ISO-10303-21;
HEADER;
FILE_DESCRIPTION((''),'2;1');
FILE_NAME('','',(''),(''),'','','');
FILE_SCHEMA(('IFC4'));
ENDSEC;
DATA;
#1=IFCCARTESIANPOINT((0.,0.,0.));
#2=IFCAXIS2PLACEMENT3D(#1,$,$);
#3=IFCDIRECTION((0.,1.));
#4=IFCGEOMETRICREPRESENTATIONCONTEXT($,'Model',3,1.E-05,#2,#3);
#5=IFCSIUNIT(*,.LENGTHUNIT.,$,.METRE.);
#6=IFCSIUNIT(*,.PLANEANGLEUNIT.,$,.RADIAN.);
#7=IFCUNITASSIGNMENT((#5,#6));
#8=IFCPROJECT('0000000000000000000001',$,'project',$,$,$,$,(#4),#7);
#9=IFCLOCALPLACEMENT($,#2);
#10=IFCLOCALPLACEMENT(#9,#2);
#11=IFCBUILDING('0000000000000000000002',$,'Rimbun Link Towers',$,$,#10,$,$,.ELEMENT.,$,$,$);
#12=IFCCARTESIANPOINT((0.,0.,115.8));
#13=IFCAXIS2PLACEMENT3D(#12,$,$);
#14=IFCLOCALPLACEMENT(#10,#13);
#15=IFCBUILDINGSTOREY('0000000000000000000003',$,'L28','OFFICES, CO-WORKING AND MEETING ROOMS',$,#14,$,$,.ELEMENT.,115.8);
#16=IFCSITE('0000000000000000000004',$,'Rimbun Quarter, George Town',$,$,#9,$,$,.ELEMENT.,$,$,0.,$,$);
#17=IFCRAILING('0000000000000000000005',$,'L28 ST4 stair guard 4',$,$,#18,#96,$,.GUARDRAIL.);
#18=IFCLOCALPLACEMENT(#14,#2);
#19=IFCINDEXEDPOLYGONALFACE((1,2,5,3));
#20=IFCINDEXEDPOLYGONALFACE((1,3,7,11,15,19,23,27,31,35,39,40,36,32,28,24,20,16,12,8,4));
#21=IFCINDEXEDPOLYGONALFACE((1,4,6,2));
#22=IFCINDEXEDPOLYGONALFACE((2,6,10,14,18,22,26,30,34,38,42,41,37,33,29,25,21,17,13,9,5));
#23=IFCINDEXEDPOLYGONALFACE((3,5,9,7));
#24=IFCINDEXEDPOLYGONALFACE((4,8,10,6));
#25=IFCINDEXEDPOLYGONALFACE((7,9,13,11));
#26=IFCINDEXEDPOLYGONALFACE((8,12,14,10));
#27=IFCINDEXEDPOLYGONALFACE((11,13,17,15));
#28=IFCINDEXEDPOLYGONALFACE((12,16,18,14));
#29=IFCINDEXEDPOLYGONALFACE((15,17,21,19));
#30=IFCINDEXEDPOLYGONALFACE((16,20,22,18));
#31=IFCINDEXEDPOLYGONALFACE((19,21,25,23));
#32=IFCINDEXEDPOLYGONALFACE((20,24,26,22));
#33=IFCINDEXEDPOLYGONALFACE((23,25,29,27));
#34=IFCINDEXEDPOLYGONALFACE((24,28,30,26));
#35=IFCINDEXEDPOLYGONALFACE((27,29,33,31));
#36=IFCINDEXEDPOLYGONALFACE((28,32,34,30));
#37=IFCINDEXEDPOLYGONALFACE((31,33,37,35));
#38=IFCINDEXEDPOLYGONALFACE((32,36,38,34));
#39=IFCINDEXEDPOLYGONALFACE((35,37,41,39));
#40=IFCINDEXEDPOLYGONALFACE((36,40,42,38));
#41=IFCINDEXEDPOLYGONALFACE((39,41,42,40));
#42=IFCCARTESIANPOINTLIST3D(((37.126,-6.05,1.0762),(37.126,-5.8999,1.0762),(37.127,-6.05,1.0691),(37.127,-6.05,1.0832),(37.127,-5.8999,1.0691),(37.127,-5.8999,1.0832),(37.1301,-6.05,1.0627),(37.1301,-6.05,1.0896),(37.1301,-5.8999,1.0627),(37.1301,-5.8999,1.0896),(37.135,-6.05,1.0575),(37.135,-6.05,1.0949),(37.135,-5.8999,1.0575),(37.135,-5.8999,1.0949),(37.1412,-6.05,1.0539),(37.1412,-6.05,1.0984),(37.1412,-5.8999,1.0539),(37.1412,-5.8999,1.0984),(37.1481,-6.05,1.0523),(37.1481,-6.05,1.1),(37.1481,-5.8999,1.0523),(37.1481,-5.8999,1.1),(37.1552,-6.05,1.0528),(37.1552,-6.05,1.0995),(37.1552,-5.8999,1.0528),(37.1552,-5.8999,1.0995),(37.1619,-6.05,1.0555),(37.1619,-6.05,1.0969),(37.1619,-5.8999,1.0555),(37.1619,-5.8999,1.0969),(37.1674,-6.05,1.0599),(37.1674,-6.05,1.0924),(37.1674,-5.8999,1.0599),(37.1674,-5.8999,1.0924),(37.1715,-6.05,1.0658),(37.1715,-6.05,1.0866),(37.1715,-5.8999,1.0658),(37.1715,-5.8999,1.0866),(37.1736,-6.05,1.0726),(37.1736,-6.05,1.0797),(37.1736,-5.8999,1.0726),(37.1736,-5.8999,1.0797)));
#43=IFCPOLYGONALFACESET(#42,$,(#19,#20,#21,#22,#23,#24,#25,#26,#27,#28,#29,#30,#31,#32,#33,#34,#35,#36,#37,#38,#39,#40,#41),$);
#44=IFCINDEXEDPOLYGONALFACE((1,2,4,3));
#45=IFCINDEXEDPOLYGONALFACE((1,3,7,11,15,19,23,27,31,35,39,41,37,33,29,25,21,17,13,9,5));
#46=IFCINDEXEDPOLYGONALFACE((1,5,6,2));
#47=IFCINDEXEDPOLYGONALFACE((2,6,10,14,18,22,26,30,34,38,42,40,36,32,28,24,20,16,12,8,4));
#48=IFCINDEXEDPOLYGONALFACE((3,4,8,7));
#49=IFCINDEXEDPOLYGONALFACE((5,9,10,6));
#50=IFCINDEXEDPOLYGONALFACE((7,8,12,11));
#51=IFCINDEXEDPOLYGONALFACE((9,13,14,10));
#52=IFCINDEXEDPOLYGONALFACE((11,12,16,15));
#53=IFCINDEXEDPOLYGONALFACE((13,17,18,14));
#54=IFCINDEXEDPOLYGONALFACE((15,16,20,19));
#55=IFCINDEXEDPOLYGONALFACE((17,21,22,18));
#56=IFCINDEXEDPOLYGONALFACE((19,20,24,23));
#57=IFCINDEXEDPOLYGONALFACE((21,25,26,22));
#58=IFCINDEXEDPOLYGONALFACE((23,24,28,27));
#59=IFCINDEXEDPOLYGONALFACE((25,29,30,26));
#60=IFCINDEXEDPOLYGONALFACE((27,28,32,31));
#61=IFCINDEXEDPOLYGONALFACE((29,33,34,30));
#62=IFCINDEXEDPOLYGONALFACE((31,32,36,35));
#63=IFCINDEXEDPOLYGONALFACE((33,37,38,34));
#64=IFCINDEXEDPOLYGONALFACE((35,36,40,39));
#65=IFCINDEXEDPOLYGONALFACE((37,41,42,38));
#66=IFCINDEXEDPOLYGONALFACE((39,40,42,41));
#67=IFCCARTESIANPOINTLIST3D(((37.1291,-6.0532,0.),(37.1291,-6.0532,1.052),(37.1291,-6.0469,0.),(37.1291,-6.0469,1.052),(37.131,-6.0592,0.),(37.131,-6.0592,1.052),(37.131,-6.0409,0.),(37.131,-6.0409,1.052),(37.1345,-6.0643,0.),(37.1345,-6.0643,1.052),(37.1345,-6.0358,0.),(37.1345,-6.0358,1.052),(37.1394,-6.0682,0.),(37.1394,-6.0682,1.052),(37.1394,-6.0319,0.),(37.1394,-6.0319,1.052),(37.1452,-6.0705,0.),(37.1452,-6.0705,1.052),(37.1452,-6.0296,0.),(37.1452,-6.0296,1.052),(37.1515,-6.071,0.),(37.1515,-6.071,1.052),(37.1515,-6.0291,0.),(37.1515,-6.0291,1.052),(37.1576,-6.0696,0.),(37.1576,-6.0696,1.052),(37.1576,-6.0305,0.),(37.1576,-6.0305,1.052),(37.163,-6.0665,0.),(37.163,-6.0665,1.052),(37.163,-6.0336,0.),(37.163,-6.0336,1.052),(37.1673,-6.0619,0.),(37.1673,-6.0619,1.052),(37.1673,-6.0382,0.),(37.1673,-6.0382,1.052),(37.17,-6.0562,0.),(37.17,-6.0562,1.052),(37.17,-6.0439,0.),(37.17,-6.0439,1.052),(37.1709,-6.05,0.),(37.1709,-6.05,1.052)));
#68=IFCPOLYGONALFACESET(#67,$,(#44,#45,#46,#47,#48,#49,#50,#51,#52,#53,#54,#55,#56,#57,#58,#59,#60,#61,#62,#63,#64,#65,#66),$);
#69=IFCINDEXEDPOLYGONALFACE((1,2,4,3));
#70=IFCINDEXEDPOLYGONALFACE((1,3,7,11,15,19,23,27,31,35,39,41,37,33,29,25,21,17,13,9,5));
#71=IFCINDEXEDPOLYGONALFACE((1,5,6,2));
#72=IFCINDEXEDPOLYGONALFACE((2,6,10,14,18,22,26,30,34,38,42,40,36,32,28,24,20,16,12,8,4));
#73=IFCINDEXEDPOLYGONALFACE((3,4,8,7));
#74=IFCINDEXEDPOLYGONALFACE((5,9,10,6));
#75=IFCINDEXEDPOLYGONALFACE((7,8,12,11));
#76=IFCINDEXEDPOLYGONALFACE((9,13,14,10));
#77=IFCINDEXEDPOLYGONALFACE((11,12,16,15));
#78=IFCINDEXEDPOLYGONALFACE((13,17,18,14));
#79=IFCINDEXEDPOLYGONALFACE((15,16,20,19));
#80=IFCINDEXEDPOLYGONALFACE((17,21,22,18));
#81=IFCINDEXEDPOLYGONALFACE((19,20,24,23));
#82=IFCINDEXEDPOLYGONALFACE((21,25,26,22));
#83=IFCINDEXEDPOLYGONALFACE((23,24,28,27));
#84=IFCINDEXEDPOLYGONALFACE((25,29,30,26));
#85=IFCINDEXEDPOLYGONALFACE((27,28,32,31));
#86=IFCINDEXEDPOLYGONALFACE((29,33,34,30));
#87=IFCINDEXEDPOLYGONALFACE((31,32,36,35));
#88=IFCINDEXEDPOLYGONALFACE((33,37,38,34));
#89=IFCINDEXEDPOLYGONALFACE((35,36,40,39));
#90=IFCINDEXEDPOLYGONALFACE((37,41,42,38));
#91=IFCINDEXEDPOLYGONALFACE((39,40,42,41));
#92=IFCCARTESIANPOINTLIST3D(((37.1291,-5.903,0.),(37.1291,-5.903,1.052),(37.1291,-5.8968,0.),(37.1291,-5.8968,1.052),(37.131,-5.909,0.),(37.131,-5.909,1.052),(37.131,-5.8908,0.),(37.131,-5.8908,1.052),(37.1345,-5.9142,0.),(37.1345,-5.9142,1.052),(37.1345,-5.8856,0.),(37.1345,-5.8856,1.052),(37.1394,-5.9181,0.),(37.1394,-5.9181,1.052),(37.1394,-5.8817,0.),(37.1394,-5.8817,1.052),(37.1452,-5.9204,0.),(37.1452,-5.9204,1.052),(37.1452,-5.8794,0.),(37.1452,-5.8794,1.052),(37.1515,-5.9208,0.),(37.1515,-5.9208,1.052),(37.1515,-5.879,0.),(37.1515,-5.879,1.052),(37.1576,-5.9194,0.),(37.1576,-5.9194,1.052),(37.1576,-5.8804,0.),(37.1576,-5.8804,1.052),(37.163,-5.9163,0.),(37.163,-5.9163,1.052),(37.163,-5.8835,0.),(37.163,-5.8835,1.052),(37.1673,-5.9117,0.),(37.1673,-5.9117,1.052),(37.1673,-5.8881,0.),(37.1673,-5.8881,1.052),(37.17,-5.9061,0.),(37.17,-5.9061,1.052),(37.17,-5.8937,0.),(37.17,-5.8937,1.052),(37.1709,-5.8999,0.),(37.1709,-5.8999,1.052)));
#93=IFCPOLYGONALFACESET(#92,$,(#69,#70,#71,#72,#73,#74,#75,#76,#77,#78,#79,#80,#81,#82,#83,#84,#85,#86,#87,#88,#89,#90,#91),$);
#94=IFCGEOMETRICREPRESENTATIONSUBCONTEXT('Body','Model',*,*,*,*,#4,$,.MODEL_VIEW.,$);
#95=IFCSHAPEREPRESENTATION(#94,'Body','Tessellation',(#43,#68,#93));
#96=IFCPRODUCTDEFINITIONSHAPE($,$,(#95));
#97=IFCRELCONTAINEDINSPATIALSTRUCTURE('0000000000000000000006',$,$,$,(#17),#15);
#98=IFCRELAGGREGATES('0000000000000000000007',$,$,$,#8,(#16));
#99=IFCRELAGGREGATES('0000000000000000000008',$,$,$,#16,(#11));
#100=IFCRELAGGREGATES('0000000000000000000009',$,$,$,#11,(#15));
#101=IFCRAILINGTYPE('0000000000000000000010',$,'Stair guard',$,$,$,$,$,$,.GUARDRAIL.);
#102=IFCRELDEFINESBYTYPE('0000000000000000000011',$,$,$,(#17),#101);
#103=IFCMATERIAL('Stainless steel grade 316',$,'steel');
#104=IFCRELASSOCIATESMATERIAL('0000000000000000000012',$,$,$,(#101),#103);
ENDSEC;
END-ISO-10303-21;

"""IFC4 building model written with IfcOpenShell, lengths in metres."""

from ifc_helpers import new_model, si_unit, direction, frame, origin, origin_2d, place, context, subcontext, project, spatial, circle, extrude, material, type_object, element, save


model = new_model("IFC4")

# Units and contexts
model_context = context("Model", 3, precision=1e-05, world=origin(), true_north=direction((0.0, 1.0)))
body_context = subcontext(model_context, "Body", "Model", "MODEL_VIEW")
ifc_project = project(units=[si_unit("LENGTHUNIT", "METRE"), si_unit("PLANEANGLEUNIT", "RADIAN")], contexts=[model_context])

# Site, building, storey
site_placement = place(None, origin())
site = spatial("IfcSite", under=ifc_project, at=site_placement, Name="Rimbun Quarter, George Town", CompositionType="ELEMENT", RefElevation=0.0)
building_placement = place(site_placement, origin())
building = spatial("IfcBuilding", under=site, at=building_placement, Name="Rimbun Link Towers", CompositionType="ELEMENT")
storey_placement = place(building_placement, frame((0.0, 0.0, 115.8)))
storey = spatial("IfcBuildingStorey", under=building, at=storey_placement, Name="L28", Description="OFFICES, CO-WORKING AND MEETING ROOMS", CompositionType="ELEMENT", Elevation=115.8)

# Railing
ifc_material_1 = material(Name="Stainless steel grade 316", Category="steel")
railing_type_1 = type_object("IfcRailingType", Name="Stair guard", PredefinedType="GUARDRAIL", material=ifc_material_1)
railing_1_placement = place(storey_placement, frame((37.1499, -6.05, 0.0)))
element("IfcRailing", 1, at=railing_1_placement, inside=storey, type_object=railing_type_1, Name="L28 ST4 stair guard 4", PredefinedType="GUARDRAIL", context=body_context, shape_type="SweptSolid", body=[
    extrude(circle(Radius=0.0239, at=origin_2d()), frame((0.0, 0.0, 1.0762), z_axis=(0.0, 1.0, 0.0), x_axis=(-1.0, 0.0, 0.0)), (0.0, 0.0, 1.0), 0.1501),
    extrude(circle(Radius=0.021, at=origin_2d()), origin(), (0.0, 0.0, 1.0), 1.052),
    extrude(circle(Radius=0.021, at=origin_2d()), frame((0.0, 0.1501, 0.0)), (0.0, 0.0, 1.0), 1.052),
])

save(model, "model.ifc")
